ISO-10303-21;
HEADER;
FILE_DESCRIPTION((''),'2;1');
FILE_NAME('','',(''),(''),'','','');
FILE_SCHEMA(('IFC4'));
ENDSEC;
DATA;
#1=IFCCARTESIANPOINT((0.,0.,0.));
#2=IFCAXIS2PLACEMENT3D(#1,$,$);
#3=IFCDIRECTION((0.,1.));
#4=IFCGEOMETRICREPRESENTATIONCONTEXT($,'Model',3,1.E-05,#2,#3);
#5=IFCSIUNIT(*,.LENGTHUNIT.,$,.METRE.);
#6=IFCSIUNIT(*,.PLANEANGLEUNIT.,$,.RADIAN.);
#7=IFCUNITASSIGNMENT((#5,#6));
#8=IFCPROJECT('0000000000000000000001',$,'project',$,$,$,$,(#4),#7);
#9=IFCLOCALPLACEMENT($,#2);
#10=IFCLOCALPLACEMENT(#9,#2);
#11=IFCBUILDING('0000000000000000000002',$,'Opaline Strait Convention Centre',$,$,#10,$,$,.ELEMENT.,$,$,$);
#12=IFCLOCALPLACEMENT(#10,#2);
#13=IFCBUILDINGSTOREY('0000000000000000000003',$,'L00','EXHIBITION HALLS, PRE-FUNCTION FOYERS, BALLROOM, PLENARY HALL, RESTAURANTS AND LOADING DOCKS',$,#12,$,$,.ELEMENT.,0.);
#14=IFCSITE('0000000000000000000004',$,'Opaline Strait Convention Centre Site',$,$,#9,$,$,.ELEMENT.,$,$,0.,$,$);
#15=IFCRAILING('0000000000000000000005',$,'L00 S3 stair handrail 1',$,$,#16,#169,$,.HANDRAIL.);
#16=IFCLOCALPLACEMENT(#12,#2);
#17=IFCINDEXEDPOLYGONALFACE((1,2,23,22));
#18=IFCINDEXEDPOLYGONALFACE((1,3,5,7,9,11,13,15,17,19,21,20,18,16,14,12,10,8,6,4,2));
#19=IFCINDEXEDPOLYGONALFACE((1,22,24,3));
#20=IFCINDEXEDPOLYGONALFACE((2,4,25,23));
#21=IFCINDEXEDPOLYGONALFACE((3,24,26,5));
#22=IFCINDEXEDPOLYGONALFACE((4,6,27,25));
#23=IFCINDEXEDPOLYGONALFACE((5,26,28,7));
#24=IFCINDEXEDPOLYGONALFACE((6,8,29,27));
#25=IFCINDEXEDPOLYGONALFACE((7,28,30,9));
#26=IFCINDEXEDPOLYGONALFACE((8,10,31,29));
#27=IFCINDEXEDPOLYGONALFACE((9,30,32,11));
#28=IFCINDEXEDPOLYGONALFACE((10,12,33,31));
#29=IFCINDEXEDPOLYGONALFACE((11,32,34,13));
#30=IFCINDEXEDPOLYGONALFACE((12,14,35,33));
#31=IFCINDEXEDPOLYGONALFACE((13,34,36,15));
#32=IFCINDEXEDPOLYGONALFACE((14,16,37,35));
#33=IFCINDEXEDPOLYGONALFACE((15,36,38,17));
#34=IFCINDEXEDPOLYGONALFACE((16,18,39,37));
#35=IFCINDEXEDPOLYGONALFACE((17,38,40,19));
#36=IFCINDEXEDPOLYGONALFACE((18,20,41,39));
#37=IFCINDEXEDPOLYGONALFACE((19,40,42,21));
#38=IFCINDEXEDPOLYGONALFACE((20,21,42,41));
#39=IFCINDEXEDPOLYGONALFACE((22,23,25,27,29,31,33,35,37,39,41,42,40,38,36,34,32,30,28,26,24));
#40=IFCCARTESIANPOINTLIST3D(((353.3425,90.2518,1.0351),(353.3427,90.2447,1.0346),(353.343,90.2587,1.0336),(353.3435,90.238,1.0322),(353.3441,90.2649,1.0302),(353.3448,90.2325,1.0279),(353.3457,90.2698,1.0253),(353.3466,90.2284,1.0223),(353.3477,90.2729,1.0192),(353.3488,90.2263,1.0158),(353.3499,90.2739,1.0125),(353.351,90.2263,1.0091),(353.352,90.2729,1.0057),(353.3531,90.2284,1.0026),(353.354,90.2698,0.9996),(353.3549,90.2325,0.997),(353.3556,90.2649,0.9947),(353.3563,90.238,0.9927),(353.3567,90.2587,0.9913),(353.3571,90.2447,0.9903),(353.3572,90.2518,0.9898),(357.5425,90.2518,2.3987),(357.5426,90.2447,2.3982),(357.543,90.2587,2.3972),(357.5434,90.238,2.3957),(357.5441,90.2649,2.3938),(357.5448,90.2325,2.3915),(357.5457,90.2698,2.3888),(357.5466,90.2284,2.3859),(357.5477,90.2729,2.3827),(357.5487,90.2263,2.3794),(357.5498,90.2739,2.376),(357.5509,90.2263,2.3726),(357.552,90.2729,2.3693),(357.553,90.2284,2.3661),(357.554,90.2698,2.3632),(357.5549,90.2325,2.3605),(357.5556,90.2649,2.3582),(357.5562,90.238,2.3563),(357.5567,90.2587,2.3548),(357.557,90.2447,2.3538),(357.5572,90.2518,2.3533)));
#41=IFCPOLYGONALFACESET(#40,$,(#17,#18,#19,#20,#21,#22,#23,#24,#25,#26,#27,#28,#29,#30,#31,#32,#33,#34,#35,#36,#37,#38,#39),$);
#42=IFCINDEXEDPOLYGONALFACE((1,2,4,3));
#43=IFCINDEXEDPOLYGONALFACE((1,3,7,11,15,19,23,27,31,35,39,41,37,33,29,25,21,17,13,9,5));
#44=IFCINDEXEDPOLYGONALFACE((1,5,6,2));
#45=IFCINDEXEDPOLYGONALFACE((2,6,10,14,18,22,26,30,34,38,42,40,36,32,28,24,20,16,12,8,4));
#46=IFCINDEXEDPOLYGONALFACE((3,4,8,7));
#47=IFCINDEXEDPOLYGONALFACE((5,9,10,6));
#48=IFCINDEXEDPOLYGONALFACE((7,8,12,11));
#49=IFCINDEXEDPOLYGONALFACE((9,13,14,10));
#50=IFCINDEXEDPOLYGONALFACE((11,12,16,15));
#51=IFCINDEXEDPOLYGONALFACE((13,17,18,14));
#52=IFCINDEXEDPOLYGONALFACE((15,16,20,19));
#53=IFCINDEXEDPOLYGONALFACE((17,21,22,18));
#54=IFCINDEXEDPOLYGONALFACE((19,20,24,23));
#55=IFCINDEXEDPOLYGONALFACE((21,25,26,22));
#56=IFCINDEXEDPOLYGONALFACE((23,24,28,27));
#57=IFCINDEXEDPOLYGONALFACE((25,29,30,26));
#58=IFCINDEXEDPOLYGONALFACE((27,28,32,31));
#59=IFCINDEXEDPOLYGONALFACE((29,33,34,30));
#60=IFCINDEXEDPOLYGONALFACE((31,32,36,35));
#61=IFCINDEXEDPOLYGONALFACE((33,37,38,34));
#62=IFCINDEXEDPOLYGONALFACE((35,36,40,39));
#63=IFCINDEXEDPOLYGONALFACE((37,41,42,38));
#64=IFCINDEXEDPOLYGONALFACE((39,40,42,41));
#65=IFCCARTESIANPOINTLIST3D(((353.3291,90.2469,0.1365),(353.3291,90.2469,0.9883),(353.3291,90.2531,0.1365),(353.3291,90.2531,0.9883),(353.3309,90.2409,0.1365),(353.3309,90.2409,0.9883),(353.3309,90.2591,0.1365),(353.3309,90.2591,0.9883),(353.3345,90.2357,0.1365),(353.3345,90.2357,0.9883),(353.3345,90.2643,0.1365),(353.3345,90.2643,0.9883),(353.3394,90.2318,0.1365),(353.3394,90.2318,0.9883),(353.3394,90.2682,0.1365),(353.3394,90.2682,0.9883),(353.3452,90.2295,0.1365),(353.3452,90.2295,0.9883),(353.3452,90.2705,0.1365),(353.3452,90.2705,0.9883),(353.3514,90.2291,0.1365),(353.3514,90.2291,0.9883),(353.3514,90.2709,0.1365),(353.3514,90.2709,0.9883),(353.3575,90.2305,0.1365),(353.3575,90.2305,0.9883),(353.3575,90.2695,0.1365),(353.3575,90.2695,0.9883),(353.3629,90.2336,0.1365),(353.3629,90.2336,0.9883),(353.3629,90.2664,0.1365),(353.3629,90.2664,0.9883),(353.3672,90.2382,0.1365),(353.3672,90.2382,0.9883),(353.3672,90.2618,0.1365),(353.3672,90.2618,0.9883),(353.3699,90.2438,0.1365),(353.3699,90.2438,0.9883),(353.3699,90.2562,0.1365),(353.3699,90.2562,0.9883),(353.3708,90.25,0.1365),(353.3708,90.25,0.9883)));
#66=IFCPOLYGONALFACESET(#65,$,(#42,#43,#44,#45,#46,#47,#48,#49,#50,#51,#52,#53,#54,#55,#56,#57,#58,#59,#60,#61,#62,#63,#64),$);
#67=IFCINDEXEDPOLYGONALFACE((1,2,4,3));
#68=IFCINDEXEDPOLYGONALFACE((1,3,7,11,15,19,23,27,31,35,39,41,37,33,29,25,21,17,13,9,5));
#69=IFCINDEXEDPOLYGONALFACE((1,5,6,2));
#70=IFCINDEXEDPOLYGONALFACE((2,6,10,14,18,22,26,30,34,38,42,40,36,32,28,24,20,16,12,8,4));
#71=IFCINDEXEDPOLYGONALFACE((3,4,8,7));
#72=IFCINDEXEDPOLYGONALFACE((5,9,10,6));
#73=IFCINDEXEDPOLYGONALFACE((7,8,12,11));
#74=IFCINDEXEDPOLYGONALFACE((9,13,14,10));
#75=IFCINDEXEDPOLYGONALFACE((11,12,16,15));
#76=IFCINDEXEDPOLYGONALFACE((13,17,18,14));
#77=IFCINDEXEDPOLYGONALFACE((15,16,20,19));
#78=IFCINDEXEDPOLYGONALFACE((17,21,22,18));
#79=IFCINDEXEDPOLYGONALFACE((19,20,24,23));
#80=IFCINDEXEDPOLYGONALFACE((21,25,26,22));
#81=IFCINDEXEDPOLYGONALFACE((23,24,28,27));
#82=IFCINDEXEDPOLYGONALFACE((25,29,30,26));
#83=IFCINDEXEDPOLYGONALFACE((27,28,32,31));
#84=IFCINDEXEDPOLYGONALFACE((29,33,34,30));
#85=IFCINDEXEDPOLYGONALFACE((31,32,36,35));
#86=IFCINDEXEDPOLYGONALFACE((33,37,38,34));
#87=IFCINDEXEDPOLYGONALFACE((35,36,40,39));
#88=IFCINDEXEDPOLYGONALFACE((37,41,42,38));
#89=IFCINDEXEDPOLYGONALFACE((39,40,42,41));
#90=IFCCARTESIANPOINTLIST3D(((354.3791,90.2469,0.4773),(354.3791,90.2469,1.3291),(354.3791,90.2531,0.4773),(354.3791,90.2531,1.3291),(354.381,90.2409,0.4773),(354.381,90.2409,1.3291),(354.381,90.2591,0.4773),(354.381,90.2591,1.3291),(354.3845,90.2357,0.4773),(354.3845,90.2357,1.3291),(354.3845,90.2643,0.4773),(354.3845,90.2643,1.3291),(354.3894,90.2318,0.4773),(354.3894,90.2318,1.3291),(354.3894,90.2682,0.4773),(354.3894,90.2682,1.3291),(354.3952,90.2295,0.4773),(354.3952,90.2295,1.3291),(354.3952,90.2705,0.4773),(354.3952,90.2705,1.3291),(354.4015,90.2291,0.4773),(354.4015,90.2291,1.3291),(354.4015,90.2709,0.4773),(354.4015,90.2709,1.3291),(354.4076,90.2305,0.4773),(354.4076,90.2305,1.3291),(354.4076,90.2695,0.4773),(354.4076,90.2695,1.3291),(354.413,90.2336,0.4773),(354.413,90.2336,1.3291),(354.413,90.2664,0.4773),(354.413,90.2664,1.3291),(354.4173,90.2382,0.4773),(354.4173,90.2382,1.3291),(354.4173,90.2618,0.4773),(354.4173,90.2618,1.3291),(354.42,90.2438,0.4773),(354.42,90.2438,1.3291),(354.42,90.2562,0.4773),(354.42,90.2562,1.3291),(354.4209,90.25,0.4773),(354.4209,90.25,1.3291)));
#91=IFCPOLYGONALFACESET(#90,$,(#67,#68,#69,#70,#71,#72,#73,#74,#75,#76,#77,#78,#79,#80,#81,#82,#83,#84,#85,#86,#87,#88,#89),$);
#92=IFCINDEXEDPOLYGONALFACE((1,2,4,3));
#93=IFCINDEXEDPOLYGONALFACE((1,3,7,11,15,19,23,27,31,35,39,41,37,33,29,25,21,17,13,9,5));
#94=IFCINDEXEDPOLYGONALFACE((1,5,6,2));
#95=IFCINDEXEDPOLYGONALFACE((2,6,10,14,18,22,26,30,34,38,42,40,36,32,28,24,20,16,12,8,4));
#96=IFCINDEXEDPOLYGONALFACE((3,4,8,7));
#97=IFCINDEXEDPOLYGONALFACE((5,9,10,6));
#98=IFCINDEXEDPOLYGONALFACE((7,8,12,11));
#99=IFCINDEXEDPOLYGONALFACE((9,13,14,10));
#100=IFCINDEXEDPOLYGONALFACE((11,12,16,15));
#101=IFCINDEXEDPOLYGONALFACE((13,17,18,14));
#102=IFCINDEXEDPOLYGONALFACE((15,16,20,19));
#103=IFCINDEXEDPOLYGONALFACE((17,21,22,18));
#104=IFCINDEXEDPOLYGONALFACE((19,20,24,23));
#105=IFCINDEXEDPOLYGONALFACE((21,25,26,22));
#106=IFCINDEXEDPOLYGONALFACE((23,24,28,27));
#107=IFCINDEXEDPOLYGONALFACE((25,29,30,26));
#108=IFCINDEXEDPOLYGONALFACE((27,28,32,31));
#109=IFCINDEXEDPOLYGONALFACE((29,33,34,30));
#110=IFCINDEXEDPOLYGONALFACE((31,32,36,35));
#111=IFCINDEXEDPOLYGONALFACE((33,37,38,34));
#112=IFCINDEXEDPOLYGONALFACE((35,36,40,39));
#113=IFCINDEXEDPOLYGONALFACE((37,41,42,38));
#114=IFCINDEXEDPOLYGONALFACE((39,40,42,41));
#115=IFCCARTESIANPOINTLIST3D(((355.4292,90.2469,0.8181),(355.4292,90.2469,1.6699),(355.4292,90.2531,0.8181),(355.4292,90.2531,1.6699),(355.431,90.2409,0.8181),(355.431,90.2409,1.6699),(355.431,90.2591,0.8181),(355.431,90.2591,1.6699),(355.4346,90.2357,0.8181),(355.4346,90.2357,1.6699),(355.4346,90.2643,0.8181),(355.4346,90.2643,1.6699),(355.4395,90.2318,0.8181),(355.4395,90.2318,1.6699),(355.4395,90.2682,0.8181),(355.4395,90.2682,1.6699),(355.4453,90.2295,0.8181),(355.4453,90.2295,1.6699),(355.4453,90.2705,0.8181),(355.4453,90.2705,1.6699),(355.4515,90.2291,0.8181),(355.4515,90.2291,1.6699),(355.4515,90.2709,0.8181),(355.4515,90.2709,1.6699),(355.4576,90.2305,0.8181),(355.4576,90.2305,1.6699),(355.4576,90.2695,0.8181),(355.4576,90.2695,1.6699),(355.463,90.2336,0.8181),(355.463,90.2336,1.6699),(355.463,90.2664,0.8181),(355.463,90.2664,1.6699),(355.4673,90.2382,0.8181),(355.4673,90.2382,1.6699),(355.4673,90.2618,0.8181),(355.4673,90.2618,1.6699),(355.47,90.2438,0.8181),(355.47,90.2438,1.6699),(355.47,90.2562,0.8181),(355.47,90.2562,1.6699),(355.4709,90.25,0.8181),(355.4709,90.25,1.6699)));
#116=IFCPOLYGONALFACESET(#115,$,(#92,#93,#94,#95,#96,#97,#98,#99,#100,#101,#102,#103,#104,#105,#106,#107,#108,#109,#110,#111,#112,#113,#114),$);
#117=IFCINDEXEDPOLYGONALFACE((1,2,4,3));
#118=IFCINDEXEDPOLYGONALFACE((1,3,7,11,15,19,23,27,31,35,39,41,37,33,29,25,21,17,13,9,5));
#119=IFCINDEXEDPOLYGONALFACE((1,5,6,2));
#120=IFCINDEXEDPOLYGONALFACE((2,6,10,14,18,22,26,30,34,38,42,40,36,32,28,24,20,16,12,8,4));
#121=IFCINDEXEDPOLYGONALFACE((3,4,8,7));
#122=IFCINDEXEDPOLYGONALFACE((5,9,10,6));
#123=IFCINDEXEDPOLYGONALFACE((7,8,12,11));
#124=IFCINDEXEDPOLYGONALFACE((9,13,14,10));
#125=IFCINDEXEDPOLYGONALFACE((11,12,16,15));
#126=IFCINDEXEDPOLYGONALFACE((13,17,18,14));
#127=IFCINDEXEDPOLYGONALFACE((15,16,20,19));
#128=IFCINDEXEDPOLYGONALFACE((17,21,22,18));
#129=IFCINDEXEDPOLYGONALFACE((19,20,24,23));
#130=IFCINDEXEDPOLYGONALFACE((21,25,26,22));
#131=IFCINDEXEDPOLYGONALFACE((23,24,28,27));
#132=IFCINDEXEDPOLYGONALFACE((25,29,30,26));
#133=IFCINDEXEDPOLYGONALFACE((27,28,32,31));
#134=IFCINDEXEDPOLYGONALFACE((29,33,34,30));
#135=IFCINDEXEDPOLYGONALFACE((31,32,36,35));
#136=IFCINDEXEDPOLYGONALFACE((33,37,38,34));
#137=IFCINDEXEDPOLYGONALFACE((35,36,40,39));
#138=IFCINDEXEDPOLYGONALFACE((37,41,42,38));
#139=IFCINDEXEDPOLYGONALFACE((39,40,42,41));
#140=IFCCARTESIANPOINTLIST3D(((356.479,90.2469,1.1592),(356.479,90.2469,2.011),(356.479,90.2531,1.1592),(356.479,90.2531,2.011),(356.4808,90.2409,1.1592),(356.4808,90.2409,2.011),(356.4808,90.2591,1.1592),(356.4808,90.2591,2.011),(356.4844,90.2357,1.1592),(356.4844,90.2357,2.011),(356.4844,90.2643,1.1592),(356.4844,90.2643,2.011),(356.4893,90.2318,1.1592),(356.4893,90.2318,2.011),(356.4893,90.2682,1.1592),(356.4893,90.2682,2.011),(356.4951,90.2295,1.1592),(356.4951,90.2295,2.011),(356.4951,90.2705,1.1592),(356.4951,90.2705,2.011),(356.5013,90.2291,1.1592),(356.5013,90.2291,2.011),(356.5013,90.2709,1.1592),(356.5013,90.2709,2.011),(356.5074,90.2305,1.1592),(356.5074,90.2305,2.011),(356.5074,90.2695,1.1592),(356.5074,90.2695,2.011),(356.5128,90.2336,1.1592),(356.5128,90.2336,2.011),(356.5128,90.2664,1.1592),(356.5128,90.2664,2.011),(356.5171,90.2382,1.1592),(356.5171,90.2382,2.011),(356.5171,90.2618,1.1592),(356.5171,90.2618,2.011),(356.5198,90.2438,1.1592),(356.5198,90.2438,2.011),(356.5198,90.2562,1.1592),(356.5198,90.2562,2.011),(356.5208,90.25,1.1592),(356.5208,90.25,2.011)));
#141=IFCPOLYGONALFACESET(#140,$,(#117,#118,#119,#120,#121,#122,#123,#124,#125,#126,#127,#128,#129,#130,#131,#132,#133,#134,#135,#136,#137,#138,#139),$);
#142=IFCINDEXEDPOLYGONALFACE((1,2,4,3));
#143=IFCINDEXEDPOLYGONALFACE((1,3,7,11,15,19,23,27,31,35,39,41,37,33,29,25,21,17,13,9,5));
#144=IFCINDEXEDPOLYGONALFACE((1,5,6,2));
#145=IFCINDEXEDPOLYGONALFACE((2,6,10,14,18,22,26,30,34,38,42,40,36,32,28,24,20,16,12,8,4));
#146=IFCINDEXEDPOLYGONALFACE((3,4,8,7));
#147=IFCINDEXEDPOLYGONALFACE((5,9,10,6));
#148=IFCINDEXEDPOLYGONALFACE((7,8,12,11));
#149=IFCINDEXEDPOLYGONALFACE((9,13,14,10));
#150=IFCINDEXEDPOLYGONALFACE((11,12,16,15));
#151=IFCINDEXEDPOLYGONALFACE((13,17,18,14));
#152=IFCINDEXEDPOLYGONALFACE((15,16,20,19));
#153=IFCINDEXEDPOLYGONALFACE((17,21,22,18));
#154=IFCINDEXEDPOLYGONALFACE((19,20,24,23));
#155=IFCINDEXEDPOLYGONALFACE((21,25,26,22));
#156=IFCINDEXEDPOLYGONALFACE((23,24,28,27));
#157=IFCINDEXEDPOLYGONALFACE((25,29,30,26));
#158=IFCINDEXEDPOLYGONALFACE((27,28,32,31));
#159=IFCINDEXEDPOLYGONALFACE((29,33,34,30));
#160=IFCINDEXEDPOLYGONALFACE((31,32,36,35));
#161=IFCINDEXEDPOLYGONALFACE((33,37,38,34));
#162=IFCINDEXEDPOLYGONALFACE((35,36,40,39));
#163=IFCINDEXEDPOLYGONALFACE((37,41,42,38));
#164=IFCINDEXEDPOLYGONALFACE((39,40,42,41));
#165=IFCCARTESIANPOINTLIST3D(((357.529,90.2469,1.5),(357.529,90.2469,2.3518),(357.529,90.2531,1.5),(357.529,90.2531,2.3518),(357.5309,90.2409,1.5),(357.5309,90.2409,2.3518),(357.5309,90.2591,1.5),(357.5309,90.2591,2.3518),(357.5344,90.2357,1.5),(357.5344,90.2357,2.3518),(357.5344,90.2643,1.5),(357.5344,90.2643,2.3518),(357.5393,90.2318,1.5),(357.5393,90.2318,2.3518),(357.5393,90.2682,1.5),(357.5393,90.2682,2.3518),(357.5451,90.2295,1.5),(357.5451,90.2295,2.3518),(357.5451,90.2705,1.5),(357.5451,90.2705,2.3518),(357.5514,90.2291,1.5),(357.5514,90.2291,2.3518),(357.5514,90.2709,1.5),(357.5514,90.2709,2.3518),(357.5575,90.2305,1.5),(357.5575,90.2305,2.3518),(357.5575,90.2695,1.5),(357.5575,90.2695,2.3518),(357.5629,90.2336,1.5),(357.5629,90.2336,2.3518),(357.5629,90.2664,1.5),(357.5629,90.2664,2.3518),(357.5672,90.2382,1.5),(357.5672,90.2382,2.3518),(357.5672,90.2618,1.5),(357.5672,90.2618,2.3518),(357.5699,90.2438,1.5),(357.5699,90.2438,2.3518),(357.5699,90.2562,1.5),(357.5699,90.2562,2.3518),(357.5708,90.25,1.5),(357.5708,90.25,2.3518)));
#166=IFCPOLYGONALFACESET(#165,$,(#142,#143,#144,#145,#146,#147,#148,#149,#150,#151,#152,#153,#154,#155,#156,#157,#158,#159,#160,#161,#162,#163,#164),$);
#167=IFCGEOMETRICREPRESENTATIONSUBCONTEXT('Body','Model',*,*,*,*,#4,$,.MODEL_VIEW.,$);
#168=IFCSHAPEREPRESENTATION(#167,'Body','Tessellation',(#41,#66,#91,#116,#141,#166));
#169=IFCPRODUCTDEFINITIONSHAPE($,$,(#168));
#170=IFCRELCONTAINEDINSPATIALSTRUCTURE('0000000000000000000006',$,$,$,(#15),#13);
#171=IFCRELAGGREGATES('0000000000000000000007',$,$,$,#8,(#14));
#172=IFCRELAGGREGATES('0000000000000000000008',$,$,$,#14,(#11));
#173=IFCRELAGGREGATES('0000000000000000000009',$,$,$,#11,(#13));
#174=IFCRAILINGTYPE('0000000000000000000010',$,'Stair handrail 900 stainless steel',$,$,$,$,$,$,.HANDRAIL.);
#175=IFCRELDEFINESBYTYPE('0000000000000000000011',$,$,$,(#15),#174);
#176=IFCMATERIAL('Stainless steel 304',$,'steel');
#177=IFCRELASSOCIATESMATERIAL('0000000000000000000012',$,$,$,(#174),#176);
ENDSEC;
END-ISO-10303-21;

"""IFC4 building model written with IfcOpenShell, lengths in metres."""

from ifc_helpers import new_model, si_unit, direction, frame, origin, origin_2d, place, context, subcontext, project, spatial, circle, extrude, material, type_object, element, save


model = new_model("IFC4")

# Units and contexts
model_context = context("Model", 3, precision=1e-05, world=origin(), true_north=direction((0.0, 1.0)))
body_context = subcontext(model_context, "Body", "Model", "MODEL_VIEW")
ifc_project = project(units=[si_unit("LENGTHUNIT", "METRE"), si_unit("PLANEANGLEUNIT", "RADIAN")], contexts=[model_context])

# Site, building, storey
site_placement = place(None, origin())
site = spatial("IfcSite", under=ifc_project, at=site_placement, Name="Opaline Strait Convention Centre Site", CompositionType="ELEMENT", RefElevation=0.0)
building_placement = place(site_placement, origin())
building = spatial("IfcBuilding", under=site, at=building_placement, Name="Opaline Strait Convention Centre", CompositionType="ELEMENT")
storey_placement = place(building_placement, origin())
storey = spatial("IfcBuildingStorey", under=building, at=storey_placement, Name="L00", Description="EXHIBITION HALLS, PRE-FUNCTION FOYERS, BALLROOM, PLENARY HALL, RESTAURANTS AND LOADING DOCKS", CompositionType="ELEMENT", Elevation=0.0)

# Railing
ifc_material_1 = material(Name="Stainless steel 304", Category="steel")
railing_type = type_object("IfcRailingType", Name="Stair handrail 900 stainless steel", PredefinedType="HANDRAIL", material=ifc_material_1)
for number, where, name in (
    (1, (353.3499, 90.25, 0.1365), "L00 S3 stair handrail 1"),
):
    element("IfcRailing", number, at=place(storey_placement, frame(where)), inside=storey, type_object=railing_type, Name=name, PredefinedType="HANDRAIL", context=body_context, shape_type="SweptSolid", body=[
        extrude(circle(Radius=0.0239, at=origin_2d()), frame((0.0, 0.0, 0.876), z_axis=(0.951131, 0.0, 0.308787), x_axis=(0.0, 1.0, 0.0)), (0.0, 0.0, 1.0), 4.4158),
        extrude(circle(Radius=0.021, at=origin_2d()), origin(), (0.0, 0.0, 1.0), 0.8518),
        extrude(circle(Radius=0.021, at=origin_2d()), frame((1.05, 0.0, 0.3408)), (0.0, 0.0, 1.0), 0.8518),
        extrude(circle(Radius=0.021, at=origin_2d()), frame((2.1001, 0.0, 0.6816)), (0.0, 0.0, 1.0), 0.8518),
        extrude(circle(Radius=0.021, at=origin_2d()), frame((3.1499, 0.0, 1.0227)), (0.0, 0.0, 1.0), 0.8518),
        extrude(circle(Radius=0.021, at=origin_2d()), frame((4.2, 0.0, 1.3635)), (0.0, 0.0, 1.0), 0.8518),
    ])

save(model, "model.ifc")
